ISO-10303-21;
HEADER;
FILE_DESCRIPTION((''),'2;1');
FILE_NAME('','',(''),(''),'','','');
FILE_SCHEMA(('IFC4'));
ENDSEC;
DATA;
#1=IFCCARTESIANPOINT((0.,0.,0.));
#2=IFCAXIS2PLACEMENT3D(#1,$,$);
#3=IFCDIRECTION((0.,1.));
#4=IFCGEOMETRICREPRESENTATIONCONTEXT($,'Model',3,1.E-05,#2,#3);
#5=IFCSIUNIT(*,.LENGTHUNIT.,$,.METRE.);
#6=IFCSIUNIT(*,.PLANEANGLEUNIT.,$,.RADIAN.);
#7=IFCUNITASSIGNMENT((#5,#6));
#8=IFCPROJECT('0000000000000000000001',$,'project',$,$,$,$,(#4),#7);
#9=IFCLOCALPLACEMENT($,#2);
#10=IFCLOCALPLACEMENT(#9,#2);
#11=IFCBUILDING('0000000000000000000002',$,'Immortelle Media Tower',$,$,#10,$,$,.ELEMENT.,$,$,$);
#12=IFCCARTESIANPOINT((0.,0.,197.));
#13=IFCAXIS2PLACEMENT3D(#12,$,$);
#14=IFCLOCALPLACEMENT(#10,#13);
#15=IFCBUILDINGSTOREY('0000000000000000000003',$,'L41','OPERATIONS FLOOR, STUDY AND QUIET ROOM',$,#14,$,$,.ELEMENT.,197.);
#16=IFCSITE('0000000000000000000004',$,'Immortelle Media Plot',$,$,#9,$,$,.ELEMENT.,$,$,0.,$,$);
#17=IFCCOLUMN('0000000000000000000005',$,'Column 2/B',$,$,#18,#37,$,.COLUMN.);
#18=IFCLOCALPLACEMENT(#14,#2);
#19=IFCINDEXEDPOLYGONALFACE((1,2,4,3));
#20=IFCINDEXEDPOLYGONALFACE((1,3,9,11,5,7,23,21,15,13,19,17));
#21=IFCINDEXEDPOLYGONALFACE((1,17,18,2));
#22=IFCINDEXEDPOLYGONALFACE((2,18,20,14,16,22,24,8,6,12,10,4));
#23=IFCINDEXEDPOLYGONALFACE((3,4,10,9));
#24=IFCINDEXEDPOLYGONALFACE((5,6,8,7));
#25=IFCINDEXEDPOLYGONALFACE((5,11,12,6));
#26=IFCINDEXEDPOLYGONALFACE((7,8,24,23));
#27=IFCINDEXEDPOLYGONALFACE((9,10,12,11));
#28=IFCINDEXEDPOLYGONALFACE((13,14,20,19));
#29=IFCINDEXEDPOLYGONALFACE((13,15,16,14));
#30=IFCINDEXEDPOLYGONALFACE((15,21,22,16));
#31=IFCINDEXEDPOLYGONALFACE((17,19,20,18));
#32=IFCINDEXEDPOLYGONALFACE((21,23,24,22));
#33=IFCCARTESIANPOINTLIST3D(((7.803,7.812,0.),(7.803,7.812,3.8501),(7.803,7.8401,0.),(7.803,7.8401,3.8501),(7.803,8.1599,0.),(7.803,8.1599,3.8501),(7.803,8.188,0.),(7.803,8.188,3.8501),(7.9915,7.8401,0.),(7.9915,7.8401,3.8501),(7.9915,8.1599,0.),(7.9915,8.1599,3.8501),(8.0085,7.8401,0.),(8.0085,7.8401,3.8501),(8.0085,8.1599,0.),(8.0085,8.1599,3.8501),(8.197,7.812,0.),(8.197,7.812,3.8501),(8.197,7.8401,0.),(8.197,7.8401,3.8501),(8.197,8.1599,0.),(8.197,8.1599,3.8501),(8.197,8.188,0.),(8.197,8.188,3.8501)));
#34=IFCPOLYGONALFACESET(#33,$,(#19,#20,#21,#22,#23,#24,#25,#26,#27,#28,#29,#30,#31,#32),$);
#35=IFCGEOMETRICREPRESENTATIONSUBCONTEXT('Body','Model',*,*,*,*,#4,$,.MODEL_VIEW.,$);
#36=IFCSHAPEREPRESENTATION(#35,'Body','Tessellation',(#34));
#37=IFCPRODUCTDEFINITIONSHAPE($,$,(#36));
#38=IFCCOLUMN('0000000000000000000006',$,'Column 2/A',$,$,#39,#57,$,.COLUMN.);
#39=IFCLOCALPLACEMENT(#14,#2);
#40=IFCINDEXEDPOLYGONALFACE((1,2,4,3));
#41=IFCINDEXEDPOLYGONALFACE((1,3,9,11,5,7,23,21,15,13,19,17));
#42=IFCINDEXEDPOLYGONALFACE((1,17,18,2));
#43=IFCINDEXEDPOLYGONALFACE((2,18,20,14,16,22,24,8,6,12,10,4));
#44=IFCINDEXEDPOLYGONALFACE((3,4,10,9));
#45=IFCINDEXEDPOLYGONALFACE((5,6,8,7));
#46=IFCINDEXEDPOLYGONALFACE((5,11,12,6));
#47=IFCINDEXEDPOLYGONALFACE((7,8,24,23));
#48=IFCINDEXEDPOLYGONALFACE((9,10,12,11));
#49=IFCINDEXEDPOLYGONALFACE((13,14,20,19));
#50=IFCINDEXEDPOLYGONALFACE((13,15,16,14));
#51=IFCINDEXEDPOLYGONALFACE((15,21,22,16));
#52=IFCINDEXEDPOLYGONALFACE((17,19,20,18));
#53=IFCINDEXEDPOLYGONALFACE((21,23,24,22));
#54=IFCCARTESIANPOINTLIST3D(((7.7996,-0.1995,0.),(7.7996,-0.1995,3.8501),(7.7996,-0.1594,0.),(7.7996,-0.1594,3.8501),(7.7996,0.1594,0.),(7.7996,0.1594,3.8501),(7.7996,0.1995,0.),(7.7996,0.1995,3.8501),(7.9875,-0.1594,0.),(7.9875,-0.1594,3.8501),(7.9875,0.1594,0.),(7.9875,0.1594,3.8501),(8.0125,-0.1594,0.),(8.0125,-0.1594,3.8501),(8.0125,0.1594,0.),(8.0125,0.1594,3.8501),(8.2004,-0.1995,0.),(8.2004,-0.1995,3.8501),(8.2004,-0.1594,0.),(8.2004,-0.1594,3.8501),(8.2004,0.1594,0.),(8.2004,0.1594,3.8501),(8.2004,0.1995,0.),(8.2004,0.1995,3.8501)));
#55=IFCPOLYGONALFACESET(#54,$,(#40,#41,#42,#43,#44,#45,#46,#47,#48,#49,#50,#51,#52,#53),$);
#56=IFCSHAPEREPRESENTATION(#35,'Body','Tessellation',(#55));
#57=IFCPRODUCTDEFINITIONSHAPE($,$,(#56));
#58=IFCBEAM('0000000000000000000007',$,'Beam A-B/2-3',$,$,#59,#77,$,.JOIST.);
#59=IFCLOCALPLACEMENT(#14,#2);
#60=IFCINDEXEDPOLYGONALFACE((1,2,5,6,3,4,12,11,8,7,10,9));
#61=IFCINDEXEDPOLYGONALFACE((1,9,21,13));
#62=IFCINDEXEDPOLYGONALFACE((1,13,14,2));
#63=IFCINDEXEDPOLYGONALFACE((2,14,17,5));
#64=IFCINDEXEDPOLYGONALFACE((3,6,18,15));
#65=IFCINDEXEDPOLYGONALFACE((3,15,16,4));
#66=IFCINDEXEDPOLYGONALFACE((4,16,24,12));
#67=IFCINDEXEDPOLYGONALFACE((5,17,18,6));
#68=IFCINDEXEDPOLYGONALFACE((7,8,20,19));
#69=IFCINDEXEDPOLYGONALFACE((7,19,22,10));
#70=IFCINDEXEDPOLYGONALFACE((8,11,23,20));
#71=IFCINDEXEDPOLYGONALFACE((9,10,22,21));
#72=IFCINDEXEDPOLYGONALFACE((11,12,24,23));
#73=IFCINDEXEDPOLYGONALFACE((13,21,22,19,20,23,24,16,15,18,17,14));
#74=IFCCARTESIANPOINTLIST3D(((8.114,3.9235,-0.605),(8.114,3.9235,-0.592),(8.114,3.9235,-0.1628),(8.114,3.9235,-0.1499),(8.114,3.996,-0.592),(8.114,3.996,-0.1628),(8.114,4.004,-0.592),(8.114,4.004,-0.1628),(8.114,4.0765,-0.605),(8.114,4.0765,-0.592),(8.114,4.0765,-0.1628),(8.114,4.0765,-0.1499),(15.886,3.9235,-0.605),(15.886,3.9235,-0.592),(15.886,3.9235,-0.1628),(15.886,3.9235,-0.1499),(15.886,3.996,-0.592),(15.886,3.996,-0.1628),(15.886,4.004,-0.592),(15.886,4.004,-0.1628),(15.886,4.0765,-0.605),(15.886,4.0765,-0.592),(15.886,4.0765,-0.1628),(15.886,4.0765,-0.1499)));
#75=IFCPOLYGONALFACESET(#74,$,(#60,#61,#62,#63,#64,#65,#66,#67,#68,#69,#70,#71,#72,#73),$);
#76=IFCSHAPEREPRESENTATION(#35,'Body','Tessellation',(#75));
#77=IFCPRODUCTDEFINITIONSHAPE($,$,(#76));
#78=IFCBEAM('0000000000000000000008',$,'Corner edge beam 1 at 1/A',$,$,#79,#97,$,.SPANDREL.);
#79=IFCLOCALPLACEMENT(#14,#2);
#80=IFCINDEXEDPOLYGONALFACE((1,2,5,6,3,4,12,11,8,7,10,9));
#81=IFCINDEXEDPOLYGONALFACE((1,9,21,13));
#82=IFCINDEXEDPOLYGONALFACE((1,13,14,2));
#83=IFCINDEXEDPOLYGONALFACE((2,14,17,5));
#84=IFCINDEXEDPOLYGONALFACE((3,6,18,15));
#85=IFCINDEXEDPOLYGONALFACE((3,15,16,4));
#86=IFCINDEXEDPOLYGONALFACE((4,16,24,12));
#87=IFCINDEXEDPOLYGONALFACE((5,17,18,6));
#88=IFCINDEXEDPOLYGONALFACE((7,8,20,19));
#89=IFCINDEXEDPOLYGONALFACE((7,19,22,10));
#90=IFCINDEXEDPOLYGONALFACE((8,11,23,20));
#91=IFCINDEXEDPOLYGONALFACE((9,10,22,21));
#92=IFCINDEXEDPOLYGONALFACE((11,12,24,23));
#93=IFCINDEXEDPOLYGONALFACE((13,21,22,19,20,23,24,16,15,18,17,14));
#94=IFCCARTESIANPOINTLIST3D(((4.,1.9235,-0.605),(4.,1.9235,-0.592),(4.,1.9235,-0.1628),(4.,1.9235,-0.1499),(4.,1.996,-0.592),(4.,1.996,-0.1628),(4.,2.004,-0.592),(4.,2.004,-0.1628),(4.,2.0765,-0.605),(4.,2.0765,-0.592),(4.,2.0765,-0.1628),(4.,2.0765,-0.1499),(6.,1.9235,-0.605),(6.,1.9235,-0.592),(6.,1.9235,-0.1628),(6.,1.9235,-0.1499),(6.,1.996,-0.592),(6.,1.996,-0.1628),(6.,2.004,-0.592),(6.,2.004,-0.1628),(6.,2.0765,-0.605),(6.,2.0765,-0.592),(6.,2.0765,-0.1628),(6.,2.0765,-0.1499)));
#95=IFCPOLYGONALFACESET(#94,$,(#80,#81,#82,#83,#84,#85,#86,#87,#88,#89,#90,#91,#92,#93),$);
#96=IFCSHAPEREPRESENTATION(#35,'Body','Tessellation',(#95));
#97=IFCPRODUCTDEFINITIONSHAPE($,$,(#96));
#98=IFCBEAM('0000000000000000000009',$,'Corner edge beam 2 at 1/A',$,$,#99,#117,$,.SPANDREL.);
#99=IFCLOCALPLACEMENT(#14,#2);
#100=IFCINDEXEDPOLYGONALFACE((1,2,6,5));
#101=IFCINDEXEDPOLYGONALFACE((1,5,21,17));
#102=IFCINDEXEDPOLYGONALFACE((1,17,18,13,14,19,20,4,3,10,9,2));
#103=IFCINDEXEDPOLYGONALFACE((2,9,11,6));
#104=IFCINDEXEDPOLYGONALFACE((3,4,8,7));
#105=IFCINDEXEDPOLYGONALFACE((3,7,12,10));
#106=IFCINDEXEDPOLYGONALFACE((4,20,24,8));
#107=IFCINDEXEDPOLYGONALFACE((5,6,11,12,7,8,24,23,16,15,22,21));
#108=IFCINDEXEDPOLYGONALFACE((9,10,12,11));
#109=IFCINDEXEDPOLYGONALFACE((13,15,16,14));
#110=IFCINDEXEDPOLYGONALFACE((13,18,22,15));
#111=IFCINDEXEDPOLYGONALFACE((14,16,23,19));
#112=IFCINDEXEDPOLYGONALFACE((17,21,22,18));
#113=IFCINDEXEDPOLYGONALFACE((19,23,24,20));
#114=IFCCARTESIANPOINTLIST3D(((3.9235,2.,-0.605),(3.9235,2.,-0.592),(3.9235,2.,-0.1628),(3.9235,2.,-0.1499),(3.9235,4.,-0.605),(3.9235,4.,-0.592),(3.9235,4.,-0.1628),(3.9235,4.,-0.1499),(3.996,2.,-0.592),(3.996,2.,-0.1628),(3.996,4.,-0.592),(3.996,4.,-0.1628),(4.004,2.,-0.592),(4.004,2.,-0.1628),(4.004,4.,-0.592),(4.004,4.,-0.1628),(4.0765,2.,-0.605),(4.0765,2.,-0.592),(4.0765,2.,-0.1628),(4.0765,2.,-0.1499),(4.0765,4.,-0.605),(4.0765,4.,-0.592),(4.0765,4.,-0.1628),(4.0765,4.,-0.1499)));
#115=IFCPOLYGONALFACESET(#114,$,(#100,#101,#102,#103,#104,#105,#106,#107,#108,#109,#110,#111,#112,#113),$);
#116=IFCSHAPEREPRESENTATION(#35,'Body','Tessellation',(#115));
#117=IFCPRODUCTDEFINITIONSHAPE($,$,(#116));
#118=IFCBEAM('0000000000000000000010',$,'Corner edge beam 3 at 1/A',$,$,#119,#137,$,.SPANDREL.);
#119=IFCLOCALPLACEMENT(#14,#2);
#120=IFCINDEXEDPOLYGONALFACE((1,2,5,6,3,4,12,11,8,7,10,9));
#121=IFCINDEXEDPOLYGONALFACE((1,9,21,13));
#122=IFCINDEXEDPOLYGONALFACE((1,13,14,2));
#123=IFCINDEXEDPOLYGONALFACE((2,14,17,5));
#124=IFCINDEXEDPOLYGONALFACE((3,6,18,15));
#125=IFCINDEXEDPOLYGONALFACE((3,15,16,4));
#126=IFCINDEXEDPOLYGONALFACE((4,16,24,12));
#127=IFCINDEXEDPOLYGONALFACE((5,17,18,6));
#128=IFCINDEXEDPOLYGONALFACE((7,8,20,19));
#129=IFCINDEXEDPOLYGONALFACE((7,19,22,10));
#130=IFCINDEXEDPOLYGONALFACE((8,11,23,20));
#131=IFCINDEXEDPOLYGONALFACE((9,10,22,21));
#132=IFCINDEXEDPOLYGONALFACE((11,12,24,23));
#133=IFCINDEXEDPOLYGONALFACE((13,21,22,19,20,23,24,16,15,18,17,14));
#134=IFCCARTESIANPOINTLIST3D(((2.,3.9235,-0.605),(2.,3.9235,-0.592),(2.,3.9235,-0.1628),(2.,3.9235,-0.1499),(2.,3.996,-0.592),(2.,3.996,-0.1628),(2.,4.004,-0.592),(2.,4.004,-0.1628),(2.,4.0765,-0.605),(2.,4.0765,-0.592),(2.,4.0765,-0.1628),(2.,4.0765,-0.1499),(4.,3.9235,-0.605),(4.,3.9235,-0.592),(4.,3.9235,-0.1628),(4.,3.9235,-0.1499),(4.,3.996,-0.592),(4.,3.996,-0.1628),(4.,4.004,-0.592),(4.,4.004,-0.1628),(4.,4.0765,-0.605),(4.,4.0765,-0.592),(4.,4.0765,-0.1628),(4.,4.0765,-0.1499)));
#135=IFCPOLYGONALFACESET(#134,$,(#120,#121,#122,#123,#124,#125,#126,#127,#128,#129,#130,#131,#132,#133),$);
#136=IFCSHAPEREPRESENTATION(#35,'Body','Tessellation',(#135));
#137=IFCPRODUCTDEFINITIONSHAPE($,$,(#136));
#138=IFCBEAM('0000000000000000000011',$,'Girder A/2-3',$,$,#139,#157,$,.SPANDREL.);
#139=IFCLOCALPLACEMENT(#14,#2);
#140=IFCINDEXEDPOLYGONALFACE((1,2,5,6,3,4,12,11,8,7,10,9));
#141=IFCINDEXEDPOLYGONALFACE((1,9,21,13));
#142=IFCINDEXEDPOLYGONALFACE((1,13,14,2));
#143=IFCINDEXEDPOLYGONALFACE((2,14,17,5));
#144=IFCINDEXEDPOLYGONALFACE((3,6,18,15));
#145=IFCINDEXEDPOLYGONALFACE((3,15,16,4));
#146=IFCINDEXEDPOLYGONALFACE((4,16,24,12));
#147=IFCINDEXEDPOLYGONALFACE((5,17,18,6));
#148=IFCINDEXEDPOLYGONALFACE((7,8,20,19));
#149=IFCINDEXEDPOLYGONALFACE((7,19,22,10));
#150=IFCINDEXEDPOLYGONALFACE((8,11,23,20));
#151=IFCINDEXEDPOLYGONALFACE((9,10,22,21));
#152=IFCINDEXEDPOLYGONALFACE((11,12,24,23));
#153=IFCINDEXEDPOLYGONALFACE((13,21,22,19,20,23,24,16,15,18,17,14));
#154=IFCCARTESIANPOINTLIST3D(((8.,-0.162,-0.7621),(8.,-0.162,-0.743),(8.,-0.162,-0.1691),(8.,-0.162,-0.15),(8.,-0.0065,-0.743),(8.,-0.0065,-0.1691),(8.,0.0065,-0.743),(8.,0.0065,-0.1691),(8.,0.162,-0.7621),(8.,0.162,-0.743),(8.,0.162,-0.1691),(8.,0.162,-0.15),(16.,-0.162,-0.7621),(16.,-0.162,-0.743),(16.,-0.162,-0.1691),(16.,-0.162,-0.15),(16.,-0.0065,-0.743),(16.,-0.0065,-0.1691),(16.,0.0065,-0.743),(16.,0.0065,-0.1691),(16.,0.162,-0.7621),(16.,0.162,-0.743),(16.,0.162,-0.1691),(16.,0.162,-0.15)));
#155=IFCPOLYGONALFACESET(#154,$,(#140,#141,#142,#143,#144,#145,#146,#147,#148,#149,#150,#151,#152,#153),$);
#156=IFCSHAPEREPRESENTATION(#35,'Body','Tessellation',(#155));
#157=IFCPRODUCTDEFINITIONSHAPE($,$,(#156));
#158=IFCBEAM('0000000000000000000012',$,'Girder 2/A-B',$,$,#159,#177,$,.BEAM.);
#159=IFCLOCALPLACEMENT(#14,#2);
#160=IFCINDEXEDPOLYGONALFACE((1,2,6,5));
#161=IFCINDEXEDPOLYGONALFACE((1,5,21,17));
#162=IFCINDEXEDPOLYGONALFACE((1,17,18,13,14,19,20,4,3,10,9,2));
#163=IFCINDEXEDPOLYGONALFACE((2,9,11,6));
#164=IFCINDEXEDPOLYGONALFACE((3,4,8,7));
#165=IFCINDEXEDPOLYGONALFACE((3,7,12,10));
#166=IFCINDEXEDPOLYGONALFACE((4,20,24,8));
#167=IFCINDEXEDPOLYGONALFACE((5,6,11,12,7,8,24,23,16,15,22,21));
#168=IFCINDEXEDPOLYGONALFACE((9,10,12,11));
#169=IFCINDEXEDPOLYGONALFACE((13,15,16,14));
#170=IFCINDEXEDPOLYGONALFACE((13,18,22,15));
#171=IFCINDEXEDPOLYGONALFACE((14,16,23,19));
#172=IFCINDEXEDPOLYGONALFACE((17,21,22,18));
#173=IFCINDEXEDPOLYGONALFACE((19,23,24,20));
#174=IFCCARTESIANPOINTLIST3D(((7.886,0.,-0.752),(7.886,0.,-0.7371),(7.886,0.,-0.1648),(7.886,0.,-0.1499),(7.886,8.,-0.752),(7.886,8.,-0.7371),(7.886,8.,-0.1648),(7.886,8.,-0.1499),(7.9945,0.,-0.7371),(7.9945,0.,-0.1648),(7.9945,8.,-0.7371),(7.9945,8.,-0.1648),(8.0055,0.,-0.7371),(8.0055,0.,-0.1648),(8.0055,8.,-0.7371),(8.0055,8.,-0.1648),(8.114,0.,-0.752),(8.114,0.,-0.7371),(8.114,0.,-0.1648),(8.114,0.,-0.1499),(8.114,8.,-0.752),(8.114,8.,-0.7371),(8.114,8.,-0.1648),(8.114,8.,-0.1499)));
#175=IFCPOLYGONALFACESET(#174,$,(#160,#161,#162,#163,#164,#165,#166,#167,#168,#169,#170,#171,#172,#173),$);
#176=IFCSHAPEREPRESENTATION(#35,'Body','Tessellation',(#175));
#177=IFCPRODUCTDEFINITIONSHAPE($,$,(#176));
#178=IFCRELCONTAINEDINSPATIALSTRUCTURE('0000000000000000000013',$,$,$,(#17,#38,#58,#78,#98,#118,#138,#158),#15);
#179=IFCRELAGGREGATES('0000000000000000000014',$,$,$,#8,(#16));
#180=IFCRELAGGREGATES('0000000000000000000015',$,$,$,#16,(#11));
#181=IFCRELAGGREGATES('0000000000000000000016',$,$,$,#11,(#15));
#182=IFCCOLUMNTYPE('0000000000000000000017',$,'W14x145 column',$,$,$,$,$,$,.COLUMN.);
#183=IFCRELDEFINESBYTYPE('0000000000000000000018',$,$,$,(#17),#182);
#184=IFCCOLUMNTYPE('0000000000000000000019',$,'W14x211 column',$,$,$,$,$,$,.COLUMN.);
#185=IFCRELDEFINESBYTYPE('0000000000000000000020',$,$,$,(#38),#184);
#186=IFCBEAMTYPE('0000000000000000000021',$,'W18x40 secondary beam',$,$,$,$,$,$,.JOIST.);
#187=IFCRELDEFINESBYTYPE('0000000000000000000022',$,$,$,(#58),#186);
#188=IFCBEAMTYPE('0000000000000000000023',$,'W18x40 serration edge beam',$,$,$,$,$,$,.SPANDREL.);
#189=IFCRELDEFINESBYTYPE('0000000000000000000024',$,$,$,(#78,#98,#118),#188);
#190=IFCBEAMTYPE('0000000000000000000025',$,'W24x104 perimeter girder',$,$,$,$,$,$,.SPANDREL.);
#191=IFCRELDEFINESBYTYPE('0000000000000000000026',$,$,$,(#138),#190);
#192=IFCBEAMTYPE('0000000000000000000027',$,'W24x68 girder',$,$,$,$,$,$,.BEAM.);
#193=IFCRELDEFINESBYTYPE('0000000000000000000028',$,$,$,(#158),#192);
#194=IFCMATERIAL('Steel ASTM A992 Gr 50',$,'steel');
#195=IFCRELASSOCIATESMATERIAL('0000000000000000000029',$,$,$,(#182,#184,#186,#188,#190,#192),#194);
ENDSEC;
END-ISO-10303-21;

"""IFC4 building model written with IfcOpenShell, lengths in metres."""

from ifc_helpers import new_model, si_unit, direction, frame, origin, origin_2d, place, context, subcontext, project, spatial, i_section, extrude, material, material_profile, profile_set, type_object, element, save


model = new_model("IFC4")

# Units and contexts
model_context = context("Model", 3, precision=1e-05, world=origin(), true_north=direction((0.0, 1.0)))
body_context = subcontext(model_context, "Body", "Model", "MODEL_VIEW")
ifc_project = project(units=[si_unit("LENGTHUNIT", "METRE"), si_unit("PLANEANGLEUNIT", "RADIAN")], contexts=[model_context])

# Site, building, storey
site_placement = place(None, origin())
site = spatial("IfcSite", under=ifc_project, at=site_placement, Name="Immortelle Media Plot", CompositionType="ELEMENT", RefElevation=0.0)
building_placement = place(site_placement, origin())
building = spatial("IfcBuilding", under=site, at=building_placement, Name="Immortelle Media Tower", CompositionType="ELEMENT")
storey_placement = place(building_placement, frame((0.0, 0.0, 197.0)))
storey = spatial("IfcBuildingStorey", under=building, at=storey_placement, Name="L41", Description="OPERATIONS FLOOR, STUDY AND QUIET ROOM", CompositionType="ELEMENT", Elevation=197.0)

# Columns
ifc_material_1 = material(Name="Steel ASTM A992 Gr 50", Category="steel")
ifc_material_profile_1 = material_profile(ifc_material_1, i_section(OverallWidth=0.394, OverallDepth=0.376, WebThickness=0.0171, FlangeThickness=0.0281, at=origin_2d()), Name="W14x145")
ifc_profile_set_1 = profile_set([ifc_material_profile_1], Name="Steel ASTM A992 Gr 50")
column_type_1 = type_object("IfcColumnType", Name="W14x145 column", PredefinedType="COLUMN", material=ifc_profile_set_1)
column_1_placement = place(storey_placement, frame((8.0, 8.0, 0.0), z_axis=(0.0, 0.0, 1.0), x_axis=(1.0, 0.0, 0.0)))
element("IfcColumn", 1, at=column_1_placement, inside=storey, type_object=column_type_1, Name="Column 2/B", PredefinedType="COLUMN", context=body_context, shape_type="SweptSolid", body=[
    extrude(i_section(OverallWidth=0.394, OverallDepth=0.376, WebThickness=0.0171, FlangeThickness=0.0281, at=origin_2d()), origin(), (0.0, 0.0, 1.0), 3.8501),
])
ifc_material_profile_2 = material_profile(ifc_material_1, i_section(OverallWidth=0.4009, OverallDepth=0.3989, WebThickness=0.0249, FlangeThickness=0.04, at=origin_2d()), Name="W14x211")
ifc_profile_set_2 = profile_set([ifc_material_profile_2], Name="Steel ASTM A992 Gr 50")
column_type_2 = type_object("IfcColumnType", Name="W14x211 column", PredefinedType="COLUMN", material=ifc_profile_set_2)
column_2_placement = place(storey_placement, frame((8.0, 0.0, 0.0), z_axis=(0.0, 0.0, 1.0), x_axis=(1.0, 0.0, 0.0)))
element("IfcColumn", 2, at=column_2_placement, inside=storey, type_object=column_type_2, Name="Column 2/A", PredefinedType="COLUMN", context=body_context, shape_type="SweptSolid", body=[
    extrude(i_section(OverallWidth=0.4009, OverallDepth=0.3989, WebThickness=0.0249, FlangeThickness=0.04, at=origin_2d()), origin(), (0.0, 0.0, 1.0), 3.8501),
])

# Beams
ifc_material_profile_3 = material_profile(ifc_material_1, i_section(OverallWidth=0.1531, OverallDepth=0.4551, WebThickness=0.0081, FlangeThickness=0.0129, at=origin_2d()), Name="W18x40")
ifc_profile_set_3 = profile_set([ifc_material_profile_3], Name="Steel ASTM A992 Gr 50")
beam_type_1 = type_object("IfcBeamType", Name="W18x40 secondary beam", PredefinedType="JOIST", material=ifc_profile_set_3)
beam_1_placement = place(storey_placement, frame((8.114, 4.0, -0.3774), z_axis=(1.0, 0.0, 0.0), x_axis=(0.0, 1.0, 0.0)))
element("IfcBeam", 3, at=beam_1_placement, inside=storey, type_object=beam_type_1, Name="Beam A-B/2-3", PredefinedType="JOIST", context=body_context, shape_type="SweptSolid", body=[
    extrude(i_section(OverallWidth=0.1531, OverallDepth=0.4551, WebThickness=0.0081, FlangeThickness=0.0129, at=origin_2d()), origin(), (0.0, 0.0, 1.0), 7.772),
])
ifc_material_profile_4 = material_profile(ifc_material_1, i_section(OverallWidth=0.1531, OverallDepth=0.4551, WebThickness=0.0081, FlangeThickness=0.0129, at=origin_2d()), Name="W18x40")
ifc_profile_set_4 = profile_set([ifc_material_profile_4], Name="Steel ASTM A992 Gr 50")
beam_type_2 = type_object("IfcBeamType", Name="W18x40 serration edge beam", PredefinedType="SPANDREL", material=ifc_profile_set_4)
for number, where, z_axis, x_axis, name in (
    (4, (6.0, 2.0, -0.3774), (-1.0, 0.0, 0.0), (0.0, -1.0, 0.0), "Corner edge beam 1 at 1/A"),
    (5, (4.0, 2.0, -0.3774), (0.0, 1.0, 0.0), (-1.0, 0.0, 0.0), "Corner edge beam 2 at 1/A"),
    (6, (4.0, 4.0, -0.3774), (-1.0, 0.0, 0.0), (0.0, -1.0, 0.0), "Corner edge beam 3 at 1/A"),
):
    element("IfcBeam", number, at=place(storey_placement, frame(where, z_axis=z_axis, x_axis=x_axis)), inside=storey, type_object=beam_type_2, Name=name, PredefinedType="SPANDREL", context=body_context, shape_type="SweptSolid", body=[
        extrude(i_section(OverallWidth=0.1531, OverallDepth=0.4551, WebThickness=0.0081, FlangeThickness=0.0129, at=origin_2d()), origin(), (0.0, 0.0, 1.0), 2.0),
    ])
ifc_material_profile_5 = material_profile(ifc_material_1, i_section(OverallWidth=0.324, OverallDepth=0.6121, WebThickness=0.0129, FlangeThickness=0.019, at=origin_2d()), Name="W24x104")
ifc_profile_set_5 = profile_set([ifc_material_profile_5], Name="Steel ASTM A992 Gr 50")
beam_type_3 = type_object("IfcBeamType", Name="W24x104 perimeter girder", PredefinedType="SPANDREL", material=ifc_profile_set_5)
beam_2_placement = place(storey_placement, frame((8.0, 0.0, -0.4561), z_axis=(1.0, 0.0, 0.0), x_axis=(0.0, 1.0, 0.0)))
element("IfcBeam", 7, at=beam_2_placement, inside=storey, type_object=beam_type_3, Name="Girder A/2-3", PredefinedType="SPANDREL", context=body_context, shape_type="SweptSolid", body=[
    extrude(i_section(OverallWidth=0.324, OverallDepth=0.6121, WebThickness=0.0129, FlangeThickness=0.019, at=origin_2d()), origin(), (0.0, 0.0, 1.0), 8.0),
])
ifc_material_profile_6 = material_profile(ifc_material_1, i_section(OverallWidth=0.228, OverallDepth=0.6021, WebThickness=0.011, FlangeThickness=0.0149, at=origin_2d()), Name="W24x68")
ifc_profile_set_6 = profile_set([ifc_material_profile_6], Name="Steel ASTM A992 Gr 50")
beam_type_4 = type_object("IfcBeamType", Name="W24x68 girder", PredefinedType="BEAM", material=ifc_profile_set_6)
beam_3_placement = place(storey_placement, frame((8.0, 0.0, -0.4509), z_axis=(0.0, 1.0, 0.0), x_axis=(-1.0, 0.0, 0.0)))
element("IfcBeam", 8, at=beam_3_placement, inside=storey, type_object=beam_type_4, Name="Girder 2/A-B", PredefinedType="BEAM", context=body_context, shape_type="SweptSolid", body=[
    extrude(i_section(OverallWidth=0.228, OverallDepth=0.6021, WebThickness=0.011, FlangeThickness=0.0149, at=origin_2d()), origin(), (0.0, 0.0, 1.0), 8.0),
])

save(model, "model.ifc")
